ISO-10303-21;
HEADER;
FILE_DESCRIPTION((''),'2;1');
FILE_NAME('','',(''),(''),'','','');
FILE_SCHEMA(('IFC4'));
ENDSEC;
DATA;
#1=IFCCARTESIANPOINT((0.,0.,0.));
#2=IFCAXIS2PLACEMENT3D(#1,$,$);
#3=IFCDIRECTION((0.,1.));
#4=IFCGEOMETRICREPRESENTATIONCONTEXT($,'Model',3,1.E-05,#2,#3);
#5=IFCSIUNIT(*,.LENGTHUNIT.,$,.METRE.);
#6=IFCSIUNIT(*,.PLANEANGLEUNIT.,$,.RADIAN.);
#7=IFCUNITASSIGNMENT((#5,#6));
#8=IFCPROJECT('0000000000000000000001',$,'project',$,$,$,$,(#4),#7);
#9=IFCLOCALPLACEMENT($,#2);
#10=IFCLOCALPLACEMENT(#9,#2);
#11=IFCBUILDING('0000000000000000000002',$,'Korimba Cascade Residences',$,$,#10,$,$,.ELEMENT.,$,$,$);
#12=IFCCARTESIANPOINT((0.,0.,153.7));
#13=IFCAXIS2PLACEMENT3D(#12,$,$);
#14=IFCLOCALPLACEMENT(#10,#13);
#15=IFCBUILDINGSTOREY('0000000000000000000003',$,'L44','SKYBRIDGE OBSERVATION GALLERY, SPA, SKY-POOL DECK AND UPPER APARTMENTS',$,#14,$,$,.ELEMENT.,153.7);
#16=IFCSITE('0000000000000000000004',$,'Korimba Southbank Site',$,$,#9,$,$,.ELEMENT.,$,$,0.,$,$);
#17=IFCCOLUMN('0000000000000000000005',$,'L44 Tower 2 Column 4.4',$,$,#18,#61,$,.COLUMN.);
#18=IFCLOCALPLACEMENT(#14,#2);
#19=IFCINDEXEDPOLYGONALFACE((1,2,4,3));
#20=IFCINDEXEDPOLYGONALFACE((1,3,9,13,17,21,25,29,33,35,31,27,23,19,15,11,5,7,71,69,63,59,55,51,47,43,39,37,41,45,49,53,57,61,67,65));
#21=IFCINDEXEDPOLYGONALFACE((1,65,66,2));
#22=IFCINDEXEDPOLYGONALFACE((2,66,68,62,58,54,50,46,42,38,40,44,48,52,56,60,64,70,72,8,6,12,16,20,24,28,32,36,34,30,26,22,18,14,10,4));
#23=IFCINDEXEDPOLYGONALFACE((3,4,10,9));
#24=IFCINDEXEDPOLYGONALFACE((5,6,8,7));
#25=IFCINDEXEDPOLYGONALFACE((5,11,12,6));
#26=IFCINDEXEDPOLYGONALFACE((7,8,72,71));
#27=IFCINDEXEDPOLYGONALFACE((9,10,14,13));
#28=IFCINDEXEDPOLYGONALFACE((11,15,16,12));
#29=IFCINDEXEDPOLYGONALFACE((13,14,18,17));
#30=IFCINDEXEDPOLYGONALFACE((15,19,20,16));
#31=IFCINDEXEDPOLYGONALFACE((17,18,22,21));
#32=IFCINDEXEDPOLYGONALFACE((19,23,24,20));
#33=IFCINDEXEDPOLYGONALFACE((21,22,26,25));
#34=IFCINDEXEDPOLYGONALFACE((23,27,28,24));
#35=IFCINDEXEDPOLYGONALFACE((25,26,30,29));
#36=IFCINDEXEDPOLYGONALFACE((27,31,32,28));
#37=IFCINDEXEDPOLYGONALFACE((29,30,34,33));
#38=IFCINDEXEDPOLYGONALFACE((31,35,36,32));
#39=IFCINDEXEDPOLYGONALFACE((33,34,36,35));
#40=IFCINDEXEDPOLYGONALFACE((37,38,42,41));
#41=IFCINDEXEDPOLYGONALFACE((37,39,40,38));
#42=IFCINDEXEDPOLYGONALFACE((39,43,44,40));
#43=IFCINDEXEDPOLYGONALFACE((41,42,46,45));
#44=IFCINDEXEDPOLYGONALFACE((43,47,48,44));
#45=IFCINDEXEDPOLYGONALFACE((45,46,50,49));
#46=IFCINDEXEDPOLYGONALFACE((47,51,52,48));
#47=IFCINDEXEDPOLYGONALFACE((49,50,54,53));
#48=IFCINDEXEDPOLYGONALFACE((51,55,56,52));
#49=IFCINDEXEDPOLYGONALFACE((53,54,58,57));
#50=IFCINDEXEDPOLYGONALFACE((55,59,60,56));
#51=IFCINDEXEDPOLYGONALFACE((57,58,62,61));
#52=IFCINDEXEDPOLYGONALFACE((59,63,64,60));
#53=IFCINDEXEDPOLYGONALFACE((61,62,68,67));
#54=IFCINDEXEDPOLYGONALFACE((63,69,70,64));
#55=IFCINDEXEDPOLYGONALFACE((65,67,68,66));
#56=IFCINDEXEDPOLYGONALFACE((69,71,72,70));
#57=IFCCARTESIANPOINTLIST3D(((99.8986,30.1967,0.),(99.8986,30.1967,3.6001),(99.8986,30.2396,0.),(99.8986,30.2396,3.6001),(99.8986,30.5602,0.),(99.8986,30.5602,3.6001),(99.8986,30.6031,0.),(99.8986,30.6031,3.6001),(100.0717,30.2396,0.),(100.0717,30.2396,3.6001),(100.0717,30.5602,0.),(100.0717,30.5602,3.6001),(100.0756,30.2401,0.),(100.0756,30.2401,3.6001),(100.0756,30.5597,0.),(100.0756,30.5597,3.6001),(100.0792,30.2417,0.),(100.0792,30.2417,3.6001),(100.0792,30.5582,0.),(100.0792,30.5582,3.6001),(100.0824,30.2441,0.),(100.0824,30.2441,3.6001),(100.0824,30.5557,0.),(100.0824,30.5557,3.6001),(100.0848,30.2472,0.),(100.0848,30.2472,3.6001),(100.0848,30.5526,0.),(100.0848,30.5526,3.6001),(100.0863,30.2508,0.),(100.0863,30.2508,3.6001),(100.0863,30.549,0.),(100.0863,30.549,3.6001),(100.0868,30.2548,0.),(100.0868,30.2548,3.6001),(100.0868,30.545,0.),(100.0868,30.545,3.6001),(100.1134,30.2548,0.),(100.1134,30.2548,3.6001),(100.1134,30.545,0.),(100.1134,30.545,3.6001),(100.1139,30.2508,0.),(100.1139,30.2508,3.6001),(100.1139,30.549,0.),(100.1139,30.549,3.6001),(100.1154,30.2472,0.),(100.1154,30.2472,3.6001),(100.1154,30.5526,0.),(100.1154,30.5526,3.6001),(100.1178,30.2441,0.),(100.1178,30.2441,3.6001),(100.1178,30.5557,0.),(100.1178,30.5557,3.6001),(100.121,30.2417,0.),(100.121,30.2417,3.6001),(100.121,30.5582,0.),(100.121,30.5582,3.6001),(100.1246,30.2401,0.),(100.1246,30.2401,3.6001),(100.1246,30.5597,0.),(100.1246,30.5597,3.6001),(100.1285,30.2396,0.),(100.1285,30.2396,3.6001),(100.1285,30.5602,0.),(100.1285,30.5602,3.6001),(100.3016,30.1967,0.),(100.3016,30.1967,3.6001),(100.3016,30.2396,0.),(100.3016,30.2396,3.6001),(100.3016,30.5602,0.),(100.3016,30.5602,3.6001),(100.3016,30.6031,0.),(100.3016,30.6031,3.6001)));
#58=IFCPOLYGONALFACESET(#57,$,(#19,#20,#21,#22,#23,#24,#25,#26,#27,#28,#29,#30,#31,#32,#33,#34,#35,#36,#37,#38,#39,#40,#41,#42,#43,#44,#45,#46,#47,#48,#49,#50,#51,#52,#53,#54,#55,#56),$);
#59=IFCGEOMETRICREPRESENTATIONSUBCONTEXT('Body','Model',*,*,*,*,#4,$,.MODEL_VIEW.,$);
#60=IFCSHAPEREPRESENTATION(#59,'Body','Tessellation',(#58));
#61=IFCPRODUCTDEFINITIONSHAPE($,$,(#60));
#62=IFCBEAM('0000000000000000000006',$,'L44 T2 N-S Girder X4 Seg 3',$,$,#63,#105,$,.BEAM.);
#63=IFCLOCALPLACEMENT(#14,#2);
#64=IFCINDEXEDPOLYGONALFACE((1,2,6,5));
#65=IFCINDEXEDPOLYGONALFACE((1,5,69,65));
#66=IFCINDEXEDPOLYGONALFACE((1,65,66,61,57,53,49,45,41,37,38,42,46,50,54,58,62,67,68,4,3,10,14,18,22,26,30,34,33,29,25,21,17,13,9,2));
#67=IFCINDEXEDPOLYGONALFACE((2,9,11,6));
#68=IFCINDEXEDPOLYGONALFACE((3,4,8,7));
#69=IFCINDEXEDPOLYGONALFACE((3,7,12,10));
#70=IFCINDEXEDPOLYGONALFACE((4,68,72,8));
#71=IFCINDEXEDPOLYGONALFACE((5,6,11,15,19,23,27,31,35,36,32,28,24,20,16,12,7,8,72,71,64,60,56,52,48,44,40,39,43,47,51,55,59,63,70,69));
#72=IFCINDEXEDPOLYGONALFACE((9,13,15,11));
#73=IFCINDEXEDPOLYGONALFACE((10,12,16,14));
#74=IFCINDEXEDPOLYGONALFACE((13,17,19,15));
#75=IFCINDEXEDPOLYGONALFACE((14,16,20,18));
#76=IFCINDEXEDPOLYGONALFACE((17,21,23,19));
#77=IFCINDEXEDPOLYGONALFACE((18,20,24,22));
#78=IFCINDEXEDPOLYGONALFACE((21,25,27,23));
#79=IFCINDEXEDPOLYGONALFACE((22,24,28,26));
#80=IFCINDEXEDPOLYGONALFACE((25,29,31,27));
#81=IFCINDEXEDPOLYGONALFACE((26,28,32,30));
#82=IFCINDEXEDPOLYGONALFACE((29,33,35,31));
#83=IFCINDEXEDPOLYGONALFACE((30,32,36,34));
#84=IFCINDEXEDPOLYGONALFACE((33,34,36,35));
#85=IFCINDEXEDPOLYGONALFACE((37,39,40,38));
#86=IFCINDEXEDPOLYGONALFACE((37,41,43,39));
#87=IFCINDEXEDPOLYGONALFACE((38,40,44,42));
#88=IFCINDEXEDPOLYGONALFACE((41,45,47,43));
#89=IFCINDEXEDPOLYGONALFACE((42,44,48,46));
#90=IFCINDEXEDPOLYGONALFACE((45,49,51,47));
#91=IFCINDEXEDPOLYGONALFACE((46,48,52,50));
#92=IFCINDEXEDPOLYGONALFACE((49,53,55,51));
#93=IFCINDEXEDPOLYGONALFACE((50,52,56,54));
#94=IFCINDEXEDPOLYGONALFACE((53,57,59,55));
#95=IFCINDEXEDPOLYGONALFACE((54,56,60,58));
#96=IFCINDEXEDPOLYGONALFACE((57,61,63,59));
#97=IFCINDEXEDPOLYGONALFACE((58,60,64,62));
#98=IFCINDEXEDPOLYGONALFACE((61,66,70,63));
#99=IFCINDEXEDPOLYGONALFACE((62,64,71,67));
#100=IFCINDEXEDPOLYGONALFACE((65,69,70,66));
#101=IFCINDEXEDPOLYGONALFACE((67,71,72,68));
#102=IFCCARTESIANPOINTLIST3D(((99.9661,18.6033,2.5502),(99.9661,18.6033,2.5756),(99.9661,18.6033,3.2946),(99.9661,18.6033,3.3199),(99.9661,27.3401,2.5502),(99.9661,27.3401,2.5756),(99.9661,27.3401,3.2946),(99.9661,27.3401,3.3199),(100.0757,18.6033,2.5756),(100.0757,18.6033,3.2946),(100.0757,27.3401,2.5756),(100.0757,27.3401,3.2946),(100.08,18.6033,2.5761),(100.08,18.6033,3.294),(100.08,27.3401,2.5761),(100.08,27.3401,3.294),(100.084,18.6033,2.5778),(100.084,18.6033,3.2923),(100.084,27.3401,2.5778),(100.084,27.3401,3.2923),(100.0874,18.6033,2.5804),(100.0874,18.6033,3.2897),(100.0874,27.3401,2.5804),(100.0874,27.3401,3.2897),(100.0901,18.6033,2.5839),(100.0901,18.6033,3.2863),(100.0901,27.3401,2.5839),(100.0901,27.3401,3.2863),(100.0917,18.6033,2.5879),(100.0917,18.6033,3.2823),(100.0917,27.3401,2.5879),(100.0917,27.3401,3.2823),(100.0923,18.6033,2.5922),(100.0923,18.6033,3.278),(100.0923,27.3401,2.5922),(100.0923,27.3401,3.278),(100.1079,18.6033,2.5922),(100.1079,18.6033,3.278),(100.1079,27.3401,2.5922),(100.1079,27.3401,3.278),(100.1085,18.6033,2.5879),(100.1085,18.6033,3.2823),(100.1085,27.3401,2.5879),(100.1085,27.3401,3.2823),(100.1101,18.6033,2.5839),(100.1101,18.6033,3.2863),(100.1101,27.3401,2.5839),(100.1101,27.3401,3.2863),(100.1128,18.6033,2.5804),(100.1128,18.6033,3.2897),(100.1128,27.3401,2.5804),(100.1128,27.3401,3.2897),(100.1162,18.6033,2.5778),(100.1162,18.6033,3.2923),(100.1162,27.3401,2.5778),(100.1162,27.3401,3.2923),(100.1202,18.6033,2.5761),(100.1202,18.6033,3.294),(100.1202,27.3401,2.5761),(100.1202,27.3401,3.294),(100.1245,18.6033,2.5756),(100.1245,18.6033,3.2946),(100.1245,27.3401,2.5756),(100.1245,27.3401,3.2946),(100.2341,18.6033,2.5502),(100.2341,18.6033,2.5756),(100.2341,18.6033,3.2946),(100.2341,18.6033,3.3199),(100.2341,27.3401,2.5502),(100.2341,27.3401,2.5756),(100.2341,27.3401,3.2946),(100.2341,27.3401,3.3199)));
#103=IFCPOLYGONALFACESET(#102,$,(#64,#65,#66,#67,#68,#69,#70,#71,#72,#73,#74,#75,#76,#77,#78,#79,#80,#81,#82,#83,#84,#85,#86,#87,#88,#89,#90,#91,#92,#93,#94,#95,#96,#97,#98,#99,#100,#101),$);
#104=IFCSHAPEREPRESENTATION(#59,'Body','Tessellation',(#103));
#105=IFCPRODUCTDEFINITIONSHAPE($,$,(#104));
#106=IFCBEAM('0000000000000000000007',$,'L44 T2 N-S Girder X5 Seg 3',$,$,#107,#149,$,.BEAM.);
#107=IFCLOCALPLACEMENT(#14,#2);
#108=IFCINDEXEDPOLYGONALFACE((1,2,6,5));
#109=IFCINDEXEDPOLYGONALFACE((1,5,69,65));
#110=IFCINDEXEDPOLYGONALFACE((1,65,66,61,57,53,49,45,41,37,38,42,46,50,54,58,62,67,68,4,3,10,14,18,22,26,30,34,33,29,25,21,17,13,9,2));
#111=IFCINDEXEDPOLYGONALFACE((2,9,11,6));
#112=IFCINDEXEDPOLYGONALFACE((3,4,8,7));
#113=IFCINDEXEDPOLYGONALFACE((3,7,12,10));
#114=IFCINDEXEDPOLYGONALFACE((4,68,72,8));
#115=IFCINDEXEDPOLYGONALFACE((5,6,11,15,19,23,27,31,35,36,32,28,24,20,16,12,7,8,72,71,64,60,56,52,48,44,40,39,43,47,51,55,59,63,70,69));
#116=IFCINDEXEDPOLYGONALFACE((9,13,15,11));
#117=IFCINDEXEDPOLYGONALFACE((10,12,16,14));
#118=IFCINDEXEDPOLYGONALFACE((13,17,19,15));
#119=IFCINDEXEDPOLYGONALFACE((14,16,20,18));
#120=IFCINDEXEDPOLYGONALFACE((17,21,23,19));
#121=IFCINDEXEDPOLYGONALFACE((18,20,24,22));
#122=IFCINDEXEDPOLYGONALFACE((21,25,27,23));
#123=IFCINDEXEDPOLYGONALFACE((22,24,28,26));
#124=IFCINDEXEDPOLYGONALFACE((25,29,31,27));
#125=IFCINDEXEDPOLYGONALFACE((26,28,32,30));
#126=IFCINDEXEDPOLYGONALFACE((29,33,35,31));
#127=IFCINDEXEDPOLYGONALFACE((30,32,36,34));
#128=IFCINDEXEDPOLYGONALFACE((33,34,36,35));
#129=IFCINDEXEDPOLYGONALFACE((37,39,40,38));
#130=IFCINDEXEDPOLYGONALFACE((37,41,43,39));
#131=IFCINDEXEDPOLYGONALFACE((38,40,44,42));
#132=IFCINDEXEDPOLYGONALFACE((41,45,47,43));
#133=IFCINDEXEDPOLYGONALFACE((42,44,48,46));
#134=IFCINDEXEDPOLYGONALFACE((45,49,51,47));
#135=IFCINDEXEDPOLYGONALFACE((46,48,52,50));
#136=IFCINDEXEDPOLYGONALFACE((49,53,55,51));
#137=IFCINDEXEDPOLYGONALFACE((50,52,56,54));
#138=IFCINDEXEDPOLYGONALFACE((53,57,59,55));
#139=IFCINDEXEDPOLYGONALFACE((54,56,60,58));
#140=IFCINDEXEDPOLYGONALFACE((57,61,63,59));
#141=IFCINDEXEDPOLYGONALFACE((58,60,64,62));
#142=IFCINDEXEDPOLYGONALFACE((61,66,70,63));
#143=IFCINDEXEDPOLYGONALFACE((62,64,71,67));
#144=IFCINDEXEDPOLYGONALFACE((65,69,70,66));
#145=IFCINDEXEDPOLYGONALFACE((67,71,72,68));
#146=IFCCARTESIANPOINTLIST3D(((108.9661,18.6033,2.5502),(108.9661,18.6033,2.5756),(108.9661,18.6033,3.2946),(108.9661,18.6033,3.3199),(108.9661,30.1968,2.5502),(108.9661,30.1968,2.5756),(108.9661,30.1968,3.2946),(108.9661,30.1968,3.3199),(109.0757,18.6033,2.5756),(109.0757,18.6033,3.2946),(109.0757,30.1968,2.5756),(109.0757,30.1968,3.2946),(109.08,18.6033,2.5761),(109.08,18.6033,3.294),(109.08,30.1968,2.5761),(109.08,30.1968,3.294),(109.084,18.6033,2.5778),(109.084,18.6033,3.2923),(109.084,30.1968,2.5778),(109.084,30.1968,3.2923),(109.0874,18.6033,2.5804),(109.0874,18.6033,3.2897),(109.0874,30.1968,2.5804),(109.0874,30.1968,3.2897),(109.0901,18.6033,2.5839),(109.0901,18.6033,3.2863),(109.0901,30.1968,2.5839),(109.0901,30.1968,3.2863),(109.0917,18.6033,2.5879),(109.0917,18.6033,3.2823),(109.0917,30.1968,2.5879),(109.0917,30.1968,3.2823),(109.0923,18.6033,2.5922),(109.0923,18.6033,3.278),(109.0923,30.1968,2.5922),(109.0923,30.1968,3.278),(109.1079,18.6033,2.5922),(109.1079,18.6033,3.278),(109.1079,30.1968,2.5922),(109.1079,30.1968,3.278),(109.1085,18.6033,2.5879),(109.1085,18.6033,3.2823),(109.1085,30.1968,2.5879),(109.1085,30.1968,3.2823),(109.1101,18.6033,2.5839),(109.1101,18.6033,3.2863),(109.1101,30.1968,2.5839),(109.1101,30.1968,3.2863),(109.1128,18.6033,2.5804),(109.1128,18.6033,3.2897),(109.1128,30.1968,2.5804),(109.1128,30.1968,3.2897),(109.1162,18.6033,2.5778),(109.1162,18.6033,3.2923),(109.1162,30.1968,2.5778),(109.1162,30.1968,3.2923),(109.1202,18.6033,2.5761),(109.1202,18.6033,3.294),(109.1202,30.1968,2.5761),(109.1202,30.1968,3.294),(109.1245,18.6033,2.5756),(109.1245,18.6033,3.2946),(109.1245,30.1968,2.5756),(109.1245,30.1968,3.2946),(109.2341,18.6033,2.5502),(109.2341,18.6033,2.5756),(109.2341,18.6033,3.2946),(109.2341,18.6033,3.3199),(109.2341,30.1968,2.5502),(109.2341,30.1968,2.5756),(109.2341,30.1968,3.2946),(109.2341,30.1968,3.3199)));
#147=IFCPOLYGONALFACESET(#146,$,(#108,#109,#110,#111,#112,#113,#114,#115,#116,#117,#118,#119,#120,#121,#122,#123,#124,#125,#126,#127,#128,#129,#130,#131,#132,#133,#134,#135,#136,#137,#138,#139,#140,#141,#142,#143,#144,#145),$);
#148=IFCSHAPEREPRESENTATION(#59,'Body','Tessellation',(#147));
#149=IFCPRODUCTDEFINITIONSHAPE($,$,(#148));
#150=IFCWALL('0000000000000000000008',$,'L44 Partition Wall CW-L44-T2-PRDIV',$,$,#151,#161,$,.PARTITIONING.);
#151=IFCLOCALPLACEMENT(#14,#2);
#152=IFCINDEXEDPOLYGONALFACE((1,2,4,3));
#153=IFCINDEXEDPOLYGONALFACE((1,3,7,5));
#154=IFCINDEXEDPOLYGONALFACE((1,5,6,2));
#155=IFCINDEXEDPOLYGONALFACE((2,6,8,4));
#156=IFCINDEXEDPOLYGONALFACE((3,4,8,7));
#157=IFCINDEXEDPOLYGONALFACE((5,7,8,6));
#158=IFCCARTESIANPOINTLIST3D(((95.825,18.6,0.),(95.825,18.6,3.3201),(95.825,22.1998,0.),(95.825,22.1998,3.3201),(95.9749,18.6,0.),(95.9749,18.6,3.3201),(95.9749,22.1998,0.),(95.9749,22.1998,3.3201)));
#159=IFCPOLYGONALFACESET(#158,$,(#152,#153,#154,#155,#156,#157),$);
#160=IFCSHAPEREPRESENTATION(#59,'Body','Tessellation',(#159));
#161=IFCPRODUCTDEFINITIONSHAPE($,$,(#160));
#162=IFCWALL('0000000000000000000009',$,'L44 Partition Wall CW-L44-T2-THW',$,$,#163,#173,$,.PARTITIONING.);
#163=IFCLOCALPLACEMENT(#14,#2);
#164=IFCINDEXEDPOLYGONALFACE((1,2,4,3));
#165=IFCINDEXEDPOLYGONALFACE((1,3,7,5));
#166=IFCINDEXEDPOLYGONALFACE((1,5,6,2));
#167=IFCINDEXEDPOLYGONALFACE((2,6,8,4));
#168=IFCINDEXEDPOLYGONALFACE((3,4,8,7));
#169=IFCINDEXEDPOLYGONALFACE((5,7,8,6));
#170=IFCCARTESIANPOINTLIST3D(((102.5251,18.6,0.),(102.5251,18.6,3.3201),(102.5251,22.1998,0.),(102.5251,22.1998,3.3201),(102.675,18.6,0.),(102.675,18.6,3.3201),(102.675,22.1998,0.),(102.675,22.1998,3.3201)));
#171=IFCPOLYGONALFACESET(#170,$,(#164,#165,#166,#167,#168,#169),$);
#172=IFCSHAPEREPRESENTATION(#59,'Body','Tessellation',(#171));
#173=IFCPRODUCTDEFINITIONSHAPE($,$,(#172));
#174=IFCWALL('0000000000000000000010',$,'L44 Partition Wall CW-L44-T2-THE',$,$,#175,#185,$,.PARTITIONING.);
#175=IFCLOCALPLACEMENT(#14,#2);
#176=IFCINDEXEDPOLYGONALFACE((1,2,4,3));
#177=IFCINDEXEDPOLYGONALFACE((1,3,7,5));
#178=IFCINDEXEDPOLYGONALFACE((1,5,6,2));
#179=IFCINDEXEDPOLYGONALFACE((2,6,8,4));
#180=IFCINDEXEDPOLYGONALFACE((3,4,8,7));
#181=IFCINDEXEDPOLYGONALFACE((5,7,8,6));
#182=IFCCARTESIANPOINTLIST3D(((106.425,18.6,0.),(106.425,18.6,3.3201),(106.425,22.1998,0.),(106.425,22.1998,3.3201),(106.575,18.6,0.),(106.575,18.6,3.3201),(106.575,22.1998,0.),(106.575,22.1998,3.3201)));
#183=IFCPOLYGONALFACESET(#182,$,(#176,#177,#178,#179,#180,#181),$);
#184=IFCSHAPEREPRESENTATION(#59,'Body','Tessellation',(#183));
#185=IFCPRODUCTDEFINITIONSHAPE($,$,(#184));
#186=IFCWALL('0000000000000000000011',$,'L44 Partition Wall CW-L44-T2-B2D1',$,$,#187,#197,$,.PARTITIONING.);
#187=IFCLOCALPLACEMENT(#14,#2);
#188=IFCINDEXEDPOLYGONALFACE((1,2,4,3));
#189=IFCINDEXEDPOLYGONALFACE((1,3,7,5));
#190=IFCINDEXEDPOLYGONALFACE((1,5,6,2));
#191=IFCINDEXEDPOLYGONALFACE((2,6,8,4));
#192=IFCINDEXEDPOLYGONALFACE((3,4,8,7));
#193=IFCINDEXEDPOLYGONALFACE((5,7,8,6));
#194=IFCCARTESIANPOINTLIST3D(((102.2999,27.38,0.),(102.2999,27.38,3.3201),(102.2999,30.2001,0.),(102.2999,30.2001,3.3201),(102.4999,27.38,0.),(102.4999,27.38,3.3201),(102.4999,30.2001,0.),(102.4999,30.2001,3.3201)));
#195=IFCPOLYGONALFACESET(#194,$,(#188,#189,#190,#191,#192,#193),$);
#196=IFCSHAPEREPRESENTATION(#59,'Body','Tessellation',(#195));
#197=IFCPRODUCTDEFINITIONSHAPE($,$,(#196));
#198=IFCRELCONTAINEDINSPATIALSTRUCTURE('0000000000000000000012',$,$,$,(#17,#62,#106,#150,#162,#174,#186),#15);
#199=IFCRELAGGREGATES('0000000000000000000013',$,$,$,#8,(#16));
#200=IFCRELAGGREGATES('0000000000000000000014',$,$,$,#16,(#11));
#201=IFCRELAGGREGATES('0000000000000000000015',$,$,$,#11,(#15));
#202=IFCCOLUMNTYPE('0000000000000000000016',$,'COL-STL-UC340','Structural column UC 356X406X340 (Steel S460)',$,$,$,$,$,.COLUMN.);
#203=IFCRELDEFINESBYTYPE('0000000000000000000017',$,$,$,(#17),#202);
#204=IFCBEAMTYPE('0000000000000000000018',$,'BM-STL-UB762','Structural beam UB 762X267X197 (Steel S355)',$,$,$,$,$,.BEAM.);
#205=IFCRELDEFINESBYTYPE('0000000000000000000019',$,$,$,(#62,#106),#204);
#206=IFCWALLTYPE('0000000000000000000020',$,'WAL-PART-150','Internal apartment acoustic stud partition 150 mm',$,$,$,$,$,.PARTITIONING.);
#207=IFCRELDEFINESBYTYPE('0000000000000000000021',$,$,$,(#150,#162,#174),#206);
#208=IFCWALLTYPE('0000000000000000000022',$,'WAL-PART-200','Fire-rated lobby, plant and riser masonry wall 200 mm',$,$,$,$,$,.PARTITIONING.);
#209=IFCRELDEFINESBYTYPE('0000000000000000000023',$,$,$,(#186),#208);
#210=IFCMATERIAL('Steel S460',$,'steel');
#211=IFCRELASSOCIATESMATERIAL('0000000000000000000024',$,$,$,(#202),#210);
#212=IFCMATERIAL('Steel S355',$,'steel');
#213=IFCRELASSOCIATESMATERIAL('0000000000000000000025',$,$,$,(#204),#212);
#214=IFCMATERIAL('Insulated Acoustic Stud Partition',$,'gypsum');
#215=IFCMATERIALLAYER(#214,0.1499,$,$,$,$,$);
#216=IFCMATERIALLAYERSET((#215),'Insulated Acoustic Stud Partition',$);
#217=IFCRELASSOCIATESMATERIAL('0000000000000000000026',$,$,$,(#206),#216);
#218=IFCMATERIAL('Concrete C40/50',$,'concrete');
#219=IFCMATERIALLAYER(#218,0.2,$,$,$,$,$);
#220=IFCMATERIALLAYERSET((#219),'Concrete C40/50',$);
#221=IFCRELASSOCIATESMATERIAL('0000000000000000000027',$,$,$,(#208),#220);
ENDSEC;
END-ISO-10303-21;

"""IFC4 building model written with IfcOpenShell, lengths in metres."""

from ifc_helpers import new_model, si_unit, direction, frame, frame_2d, origin, origin_2d, place, context, subcontext, project, spatial, rectangle, i_section, extrude, material, layer, layer_set, material_profile, profile_set, type_object, element, save


model = new_model("IFC4")

# Units and contexts
model_context = context("Model", 3, precision=1e-05, world=origin(), true_north=direction((0.0, 1.0)))
body_context = subcontext(model_context, "Body", "Model", "MODEL_VIEW")
ifc_project = project(units=[si_unit("LENGTHUNIT", "METRE"), si_unit("PLANEANGLEUNIT", "RADIAN")], contexts=[model_context])

# Site, building, storey
site_placement = place(None, origin())
site = spatial("IfcSite", under=ifc_project, at=site_placement, Name="Korimba Southbank Site", CompositionType="ELEMENT", RefElevation=0.0)
building_placement = place(site_placement, origin())
building = spatial("IfcBuilding", under=site, at=building_placement, Name="Korimba Cascade Residences", CompositionType="ELEMENT")
storey_placement = place(building_placement, frame((0.0, 0.0, 153.7)))
storey = spatial("IfcBuildingStorey", under=building, at=storey_placement, Name="L44", Description="SKYBRIDGE OBSERVATION GALLERY, SPA, SKY-POOL DECK AND UPPER APARTMENTS", CompositionType="ELEMENT", Elevation=153.7)

# Column
ifc_material_1 = material(Name="Steel S460", Category="steel")
ifc_material_profile_1 = material_profile(ifc_material_1, i_section(OverallWidth=0.4031, OverallDepth=0.4065, WebThickness=0.0266, FlangeThickness=0.043, FilletRadius=0.0151, at=origin_2d()), Name="Steel S460")
ifc_profile_set_1 = profile_set([ifc_material_profile_1], Name="Steel S460")
column_type = type_object("IfcColumnType", Name="COL-STL-UC340", Description="Structural column UC 356X406X340 (Steel S460)", PredefinedType="COLUMN", material=ifc_profile_set_1)
column_placement = place(storey_placement, frame((100.1001, 30.3999, 0.0), z_axis=(0.0, 0.0, 1.0), x_axis=(1.0, 0.0, 0.0)))
element("IfcColumn", 1, at=column_placement, inside=storey, type_object=column_type, Name="L44 Tower 2 Column 4.4", PredefinedType="COLUMN", context=body_context, shape_type="SweptSolid", body=[
    extrude(i_section(OverallWidth=0.4031, OverallDepth=0.4065, WebThickness=0.0266, FlangeThickness=0.043, FilletRadius=0.0151, at=origin_2d()), origin(), (0.0, 0.0, 1.0), 3.6001),
])

# Beams
ifc_material_2 = material(Name="Steel S355", Category="steel")
ifc_material_profile_2 = material_profile(ifc_material_2, i_section(OverallWidth=0.2681, OverallDepth=0.7698, WebThickness=0.0156, FlangeThickness=0.0254, FilletRadius=0.0166, at=origin_2d()), Name="Steel S355")
ifc_profile_set_2 = profile_set([ifc_material_profile_2], Name="Steel S355")
beam_type = type_object("IfcBeamType", Name="BM-STL-UB762", Description="Structural beam UB 762X267X197 (Steel S355)", PredefinedType="BEAM", material=ifc_profile_set_2)
beam_1_placement = place(storey_placement, frame((100.1001, 18.6033, 2.9351), z_axis=(0.0, 1.0, 0.0), x_axis=(-1.0, 0.0, 0.0)))
element("IfcBeam", 2, at=beam_1_placement, inside=storey, type_object=beam_type, Name="L44 T2 N-S Girder X4 Seg 3", PredefinedType="BEAM", context=body_context, shape_type="SweptSolid", body=[
    extrude(i_section(OverallWidth=0.2681, OverallDepth=0.7698, WebThickness=0.0156, FlangeThickness=0.0254, FilletRadius=0.0166, at=origin_2d()), origin(), (0.0, 0.0, 1.0), 8.7368),
])
beam_2_placement = place(storey_placement, frame((109.1001, 18.6033, 2.9351), z_axis=(0.0, 1.0, 0.0), x_axis=(-1.0, 0.0, 0.0)))
element("IfcBeam", 3, at=beam_2_placement, inside=storey, type_object=beam_type, Name="L44 T2 N-S Girder X5 Seg 3", PredefinedType="BEAM", context=body_context, shape_type="SweptSolid", body=[
    extrude(i_section(OverallWidth=0.2681, OverallDepth=0.7698, WebThickness=0.0156, FlangeThickness=0.0254, FilletRadius=0.0166, at=origin_2d()), origin(), (0.0, 0.0, 1.0), 11.5935),
])

# Walls
ifc_material_3 = material(Name="Insulated Acoustic Stud Partition", Category="gypsum")
ifc_layer_1 = layer(ifc_material_3, 0.1499)
ifc_layer_set_1 = layer_set([ifc_layer_1], Name="Insulated Acoustic Stud Partition")
wall_type_1 = type_object("IfcWallType", Name="WAL-PART-150", Description="Internal apartment acoustic stud partition 150 mm", PredefinedType="PARTITIONING", material=ifc_layer_set_1)
for number, where, z_axis, x_axis, name in (
    (4, (95.8999, 18.6001, 0.0), (0.0, 0.0, 1.0), (0.0, 1.0, 0.0), "L44 Partition Wall CW-L44-T2-PRDIV"),
    (5, (102.6001, 18.6001, 0.0), (0.0, 0.0, 1.0), (0.0, 1.0, 0.0), "L44 Partition Wall CW-L44-T2-THW"),
    (6, (106.5, 18.6001, 0.0), (0.0, 0.0, 1.0), (0.0, 1.0, 0.0), "L44 Partition Wall CW-L44-T2-THE"),
):
    element("IfcWall", number, at=place(storey_placement, frame(where, z_axis=z_axis, x_axis=x_axis)), inside=storey, type_object=wall_type_1, Name=name, PredefinedType="PARTITIONING", context=body_context, shape_type="SweptSolid", body=[
        extrude(rectangle(XDim=3.5999, YDim=0.1499, at=frame_2d((1.7998, 0.0))), origin(), (0.0, 0.0, 1.0), 3.3201),
    ])
ifc_material_4 = material(Name="Concrete C40/50", Category="concrete")
ifc_layer_2 = layer(ifc_material_4, 0.2)
ifc_layer_set_2 = layer_set([ifc_layer_2], Name="Concrete C40/50")
wall_type_2 = type_object("IfcWallType", Name="WAL-PART-200", Description="Fire-rated lobby, plant and riser masonry wall 200 mm", PredefinedType="PARTITIONING", material=ifc_layer_set_2)
for number, where, z_axis, x_axis, name in (
    (7, (102.3999, 27.3799, 0.0), (0.0, 0.0, 1.0), (0.0, 1.0, 0.0), "L44 Partition Wall CW-L44-T2-B2D1"),
):
    element("IfcWall", number, at=place(storey_placement, frame(where, z_axis=z_axis, x_axis=x_axis)), inside=storey, type_object=wall_type_2, Name=name, PredefinedType="PARTITIONING", context=body_context, shape_type="SweptSolid", body=[
        extrude(rectangle(XDim=2.8201, YDim=0.2, at=frame_2d((1.4102, 0.0))), origin(), (0.0, 0.0, 1.0), 3.3201),
    ])

save(model, "model.ifc")
